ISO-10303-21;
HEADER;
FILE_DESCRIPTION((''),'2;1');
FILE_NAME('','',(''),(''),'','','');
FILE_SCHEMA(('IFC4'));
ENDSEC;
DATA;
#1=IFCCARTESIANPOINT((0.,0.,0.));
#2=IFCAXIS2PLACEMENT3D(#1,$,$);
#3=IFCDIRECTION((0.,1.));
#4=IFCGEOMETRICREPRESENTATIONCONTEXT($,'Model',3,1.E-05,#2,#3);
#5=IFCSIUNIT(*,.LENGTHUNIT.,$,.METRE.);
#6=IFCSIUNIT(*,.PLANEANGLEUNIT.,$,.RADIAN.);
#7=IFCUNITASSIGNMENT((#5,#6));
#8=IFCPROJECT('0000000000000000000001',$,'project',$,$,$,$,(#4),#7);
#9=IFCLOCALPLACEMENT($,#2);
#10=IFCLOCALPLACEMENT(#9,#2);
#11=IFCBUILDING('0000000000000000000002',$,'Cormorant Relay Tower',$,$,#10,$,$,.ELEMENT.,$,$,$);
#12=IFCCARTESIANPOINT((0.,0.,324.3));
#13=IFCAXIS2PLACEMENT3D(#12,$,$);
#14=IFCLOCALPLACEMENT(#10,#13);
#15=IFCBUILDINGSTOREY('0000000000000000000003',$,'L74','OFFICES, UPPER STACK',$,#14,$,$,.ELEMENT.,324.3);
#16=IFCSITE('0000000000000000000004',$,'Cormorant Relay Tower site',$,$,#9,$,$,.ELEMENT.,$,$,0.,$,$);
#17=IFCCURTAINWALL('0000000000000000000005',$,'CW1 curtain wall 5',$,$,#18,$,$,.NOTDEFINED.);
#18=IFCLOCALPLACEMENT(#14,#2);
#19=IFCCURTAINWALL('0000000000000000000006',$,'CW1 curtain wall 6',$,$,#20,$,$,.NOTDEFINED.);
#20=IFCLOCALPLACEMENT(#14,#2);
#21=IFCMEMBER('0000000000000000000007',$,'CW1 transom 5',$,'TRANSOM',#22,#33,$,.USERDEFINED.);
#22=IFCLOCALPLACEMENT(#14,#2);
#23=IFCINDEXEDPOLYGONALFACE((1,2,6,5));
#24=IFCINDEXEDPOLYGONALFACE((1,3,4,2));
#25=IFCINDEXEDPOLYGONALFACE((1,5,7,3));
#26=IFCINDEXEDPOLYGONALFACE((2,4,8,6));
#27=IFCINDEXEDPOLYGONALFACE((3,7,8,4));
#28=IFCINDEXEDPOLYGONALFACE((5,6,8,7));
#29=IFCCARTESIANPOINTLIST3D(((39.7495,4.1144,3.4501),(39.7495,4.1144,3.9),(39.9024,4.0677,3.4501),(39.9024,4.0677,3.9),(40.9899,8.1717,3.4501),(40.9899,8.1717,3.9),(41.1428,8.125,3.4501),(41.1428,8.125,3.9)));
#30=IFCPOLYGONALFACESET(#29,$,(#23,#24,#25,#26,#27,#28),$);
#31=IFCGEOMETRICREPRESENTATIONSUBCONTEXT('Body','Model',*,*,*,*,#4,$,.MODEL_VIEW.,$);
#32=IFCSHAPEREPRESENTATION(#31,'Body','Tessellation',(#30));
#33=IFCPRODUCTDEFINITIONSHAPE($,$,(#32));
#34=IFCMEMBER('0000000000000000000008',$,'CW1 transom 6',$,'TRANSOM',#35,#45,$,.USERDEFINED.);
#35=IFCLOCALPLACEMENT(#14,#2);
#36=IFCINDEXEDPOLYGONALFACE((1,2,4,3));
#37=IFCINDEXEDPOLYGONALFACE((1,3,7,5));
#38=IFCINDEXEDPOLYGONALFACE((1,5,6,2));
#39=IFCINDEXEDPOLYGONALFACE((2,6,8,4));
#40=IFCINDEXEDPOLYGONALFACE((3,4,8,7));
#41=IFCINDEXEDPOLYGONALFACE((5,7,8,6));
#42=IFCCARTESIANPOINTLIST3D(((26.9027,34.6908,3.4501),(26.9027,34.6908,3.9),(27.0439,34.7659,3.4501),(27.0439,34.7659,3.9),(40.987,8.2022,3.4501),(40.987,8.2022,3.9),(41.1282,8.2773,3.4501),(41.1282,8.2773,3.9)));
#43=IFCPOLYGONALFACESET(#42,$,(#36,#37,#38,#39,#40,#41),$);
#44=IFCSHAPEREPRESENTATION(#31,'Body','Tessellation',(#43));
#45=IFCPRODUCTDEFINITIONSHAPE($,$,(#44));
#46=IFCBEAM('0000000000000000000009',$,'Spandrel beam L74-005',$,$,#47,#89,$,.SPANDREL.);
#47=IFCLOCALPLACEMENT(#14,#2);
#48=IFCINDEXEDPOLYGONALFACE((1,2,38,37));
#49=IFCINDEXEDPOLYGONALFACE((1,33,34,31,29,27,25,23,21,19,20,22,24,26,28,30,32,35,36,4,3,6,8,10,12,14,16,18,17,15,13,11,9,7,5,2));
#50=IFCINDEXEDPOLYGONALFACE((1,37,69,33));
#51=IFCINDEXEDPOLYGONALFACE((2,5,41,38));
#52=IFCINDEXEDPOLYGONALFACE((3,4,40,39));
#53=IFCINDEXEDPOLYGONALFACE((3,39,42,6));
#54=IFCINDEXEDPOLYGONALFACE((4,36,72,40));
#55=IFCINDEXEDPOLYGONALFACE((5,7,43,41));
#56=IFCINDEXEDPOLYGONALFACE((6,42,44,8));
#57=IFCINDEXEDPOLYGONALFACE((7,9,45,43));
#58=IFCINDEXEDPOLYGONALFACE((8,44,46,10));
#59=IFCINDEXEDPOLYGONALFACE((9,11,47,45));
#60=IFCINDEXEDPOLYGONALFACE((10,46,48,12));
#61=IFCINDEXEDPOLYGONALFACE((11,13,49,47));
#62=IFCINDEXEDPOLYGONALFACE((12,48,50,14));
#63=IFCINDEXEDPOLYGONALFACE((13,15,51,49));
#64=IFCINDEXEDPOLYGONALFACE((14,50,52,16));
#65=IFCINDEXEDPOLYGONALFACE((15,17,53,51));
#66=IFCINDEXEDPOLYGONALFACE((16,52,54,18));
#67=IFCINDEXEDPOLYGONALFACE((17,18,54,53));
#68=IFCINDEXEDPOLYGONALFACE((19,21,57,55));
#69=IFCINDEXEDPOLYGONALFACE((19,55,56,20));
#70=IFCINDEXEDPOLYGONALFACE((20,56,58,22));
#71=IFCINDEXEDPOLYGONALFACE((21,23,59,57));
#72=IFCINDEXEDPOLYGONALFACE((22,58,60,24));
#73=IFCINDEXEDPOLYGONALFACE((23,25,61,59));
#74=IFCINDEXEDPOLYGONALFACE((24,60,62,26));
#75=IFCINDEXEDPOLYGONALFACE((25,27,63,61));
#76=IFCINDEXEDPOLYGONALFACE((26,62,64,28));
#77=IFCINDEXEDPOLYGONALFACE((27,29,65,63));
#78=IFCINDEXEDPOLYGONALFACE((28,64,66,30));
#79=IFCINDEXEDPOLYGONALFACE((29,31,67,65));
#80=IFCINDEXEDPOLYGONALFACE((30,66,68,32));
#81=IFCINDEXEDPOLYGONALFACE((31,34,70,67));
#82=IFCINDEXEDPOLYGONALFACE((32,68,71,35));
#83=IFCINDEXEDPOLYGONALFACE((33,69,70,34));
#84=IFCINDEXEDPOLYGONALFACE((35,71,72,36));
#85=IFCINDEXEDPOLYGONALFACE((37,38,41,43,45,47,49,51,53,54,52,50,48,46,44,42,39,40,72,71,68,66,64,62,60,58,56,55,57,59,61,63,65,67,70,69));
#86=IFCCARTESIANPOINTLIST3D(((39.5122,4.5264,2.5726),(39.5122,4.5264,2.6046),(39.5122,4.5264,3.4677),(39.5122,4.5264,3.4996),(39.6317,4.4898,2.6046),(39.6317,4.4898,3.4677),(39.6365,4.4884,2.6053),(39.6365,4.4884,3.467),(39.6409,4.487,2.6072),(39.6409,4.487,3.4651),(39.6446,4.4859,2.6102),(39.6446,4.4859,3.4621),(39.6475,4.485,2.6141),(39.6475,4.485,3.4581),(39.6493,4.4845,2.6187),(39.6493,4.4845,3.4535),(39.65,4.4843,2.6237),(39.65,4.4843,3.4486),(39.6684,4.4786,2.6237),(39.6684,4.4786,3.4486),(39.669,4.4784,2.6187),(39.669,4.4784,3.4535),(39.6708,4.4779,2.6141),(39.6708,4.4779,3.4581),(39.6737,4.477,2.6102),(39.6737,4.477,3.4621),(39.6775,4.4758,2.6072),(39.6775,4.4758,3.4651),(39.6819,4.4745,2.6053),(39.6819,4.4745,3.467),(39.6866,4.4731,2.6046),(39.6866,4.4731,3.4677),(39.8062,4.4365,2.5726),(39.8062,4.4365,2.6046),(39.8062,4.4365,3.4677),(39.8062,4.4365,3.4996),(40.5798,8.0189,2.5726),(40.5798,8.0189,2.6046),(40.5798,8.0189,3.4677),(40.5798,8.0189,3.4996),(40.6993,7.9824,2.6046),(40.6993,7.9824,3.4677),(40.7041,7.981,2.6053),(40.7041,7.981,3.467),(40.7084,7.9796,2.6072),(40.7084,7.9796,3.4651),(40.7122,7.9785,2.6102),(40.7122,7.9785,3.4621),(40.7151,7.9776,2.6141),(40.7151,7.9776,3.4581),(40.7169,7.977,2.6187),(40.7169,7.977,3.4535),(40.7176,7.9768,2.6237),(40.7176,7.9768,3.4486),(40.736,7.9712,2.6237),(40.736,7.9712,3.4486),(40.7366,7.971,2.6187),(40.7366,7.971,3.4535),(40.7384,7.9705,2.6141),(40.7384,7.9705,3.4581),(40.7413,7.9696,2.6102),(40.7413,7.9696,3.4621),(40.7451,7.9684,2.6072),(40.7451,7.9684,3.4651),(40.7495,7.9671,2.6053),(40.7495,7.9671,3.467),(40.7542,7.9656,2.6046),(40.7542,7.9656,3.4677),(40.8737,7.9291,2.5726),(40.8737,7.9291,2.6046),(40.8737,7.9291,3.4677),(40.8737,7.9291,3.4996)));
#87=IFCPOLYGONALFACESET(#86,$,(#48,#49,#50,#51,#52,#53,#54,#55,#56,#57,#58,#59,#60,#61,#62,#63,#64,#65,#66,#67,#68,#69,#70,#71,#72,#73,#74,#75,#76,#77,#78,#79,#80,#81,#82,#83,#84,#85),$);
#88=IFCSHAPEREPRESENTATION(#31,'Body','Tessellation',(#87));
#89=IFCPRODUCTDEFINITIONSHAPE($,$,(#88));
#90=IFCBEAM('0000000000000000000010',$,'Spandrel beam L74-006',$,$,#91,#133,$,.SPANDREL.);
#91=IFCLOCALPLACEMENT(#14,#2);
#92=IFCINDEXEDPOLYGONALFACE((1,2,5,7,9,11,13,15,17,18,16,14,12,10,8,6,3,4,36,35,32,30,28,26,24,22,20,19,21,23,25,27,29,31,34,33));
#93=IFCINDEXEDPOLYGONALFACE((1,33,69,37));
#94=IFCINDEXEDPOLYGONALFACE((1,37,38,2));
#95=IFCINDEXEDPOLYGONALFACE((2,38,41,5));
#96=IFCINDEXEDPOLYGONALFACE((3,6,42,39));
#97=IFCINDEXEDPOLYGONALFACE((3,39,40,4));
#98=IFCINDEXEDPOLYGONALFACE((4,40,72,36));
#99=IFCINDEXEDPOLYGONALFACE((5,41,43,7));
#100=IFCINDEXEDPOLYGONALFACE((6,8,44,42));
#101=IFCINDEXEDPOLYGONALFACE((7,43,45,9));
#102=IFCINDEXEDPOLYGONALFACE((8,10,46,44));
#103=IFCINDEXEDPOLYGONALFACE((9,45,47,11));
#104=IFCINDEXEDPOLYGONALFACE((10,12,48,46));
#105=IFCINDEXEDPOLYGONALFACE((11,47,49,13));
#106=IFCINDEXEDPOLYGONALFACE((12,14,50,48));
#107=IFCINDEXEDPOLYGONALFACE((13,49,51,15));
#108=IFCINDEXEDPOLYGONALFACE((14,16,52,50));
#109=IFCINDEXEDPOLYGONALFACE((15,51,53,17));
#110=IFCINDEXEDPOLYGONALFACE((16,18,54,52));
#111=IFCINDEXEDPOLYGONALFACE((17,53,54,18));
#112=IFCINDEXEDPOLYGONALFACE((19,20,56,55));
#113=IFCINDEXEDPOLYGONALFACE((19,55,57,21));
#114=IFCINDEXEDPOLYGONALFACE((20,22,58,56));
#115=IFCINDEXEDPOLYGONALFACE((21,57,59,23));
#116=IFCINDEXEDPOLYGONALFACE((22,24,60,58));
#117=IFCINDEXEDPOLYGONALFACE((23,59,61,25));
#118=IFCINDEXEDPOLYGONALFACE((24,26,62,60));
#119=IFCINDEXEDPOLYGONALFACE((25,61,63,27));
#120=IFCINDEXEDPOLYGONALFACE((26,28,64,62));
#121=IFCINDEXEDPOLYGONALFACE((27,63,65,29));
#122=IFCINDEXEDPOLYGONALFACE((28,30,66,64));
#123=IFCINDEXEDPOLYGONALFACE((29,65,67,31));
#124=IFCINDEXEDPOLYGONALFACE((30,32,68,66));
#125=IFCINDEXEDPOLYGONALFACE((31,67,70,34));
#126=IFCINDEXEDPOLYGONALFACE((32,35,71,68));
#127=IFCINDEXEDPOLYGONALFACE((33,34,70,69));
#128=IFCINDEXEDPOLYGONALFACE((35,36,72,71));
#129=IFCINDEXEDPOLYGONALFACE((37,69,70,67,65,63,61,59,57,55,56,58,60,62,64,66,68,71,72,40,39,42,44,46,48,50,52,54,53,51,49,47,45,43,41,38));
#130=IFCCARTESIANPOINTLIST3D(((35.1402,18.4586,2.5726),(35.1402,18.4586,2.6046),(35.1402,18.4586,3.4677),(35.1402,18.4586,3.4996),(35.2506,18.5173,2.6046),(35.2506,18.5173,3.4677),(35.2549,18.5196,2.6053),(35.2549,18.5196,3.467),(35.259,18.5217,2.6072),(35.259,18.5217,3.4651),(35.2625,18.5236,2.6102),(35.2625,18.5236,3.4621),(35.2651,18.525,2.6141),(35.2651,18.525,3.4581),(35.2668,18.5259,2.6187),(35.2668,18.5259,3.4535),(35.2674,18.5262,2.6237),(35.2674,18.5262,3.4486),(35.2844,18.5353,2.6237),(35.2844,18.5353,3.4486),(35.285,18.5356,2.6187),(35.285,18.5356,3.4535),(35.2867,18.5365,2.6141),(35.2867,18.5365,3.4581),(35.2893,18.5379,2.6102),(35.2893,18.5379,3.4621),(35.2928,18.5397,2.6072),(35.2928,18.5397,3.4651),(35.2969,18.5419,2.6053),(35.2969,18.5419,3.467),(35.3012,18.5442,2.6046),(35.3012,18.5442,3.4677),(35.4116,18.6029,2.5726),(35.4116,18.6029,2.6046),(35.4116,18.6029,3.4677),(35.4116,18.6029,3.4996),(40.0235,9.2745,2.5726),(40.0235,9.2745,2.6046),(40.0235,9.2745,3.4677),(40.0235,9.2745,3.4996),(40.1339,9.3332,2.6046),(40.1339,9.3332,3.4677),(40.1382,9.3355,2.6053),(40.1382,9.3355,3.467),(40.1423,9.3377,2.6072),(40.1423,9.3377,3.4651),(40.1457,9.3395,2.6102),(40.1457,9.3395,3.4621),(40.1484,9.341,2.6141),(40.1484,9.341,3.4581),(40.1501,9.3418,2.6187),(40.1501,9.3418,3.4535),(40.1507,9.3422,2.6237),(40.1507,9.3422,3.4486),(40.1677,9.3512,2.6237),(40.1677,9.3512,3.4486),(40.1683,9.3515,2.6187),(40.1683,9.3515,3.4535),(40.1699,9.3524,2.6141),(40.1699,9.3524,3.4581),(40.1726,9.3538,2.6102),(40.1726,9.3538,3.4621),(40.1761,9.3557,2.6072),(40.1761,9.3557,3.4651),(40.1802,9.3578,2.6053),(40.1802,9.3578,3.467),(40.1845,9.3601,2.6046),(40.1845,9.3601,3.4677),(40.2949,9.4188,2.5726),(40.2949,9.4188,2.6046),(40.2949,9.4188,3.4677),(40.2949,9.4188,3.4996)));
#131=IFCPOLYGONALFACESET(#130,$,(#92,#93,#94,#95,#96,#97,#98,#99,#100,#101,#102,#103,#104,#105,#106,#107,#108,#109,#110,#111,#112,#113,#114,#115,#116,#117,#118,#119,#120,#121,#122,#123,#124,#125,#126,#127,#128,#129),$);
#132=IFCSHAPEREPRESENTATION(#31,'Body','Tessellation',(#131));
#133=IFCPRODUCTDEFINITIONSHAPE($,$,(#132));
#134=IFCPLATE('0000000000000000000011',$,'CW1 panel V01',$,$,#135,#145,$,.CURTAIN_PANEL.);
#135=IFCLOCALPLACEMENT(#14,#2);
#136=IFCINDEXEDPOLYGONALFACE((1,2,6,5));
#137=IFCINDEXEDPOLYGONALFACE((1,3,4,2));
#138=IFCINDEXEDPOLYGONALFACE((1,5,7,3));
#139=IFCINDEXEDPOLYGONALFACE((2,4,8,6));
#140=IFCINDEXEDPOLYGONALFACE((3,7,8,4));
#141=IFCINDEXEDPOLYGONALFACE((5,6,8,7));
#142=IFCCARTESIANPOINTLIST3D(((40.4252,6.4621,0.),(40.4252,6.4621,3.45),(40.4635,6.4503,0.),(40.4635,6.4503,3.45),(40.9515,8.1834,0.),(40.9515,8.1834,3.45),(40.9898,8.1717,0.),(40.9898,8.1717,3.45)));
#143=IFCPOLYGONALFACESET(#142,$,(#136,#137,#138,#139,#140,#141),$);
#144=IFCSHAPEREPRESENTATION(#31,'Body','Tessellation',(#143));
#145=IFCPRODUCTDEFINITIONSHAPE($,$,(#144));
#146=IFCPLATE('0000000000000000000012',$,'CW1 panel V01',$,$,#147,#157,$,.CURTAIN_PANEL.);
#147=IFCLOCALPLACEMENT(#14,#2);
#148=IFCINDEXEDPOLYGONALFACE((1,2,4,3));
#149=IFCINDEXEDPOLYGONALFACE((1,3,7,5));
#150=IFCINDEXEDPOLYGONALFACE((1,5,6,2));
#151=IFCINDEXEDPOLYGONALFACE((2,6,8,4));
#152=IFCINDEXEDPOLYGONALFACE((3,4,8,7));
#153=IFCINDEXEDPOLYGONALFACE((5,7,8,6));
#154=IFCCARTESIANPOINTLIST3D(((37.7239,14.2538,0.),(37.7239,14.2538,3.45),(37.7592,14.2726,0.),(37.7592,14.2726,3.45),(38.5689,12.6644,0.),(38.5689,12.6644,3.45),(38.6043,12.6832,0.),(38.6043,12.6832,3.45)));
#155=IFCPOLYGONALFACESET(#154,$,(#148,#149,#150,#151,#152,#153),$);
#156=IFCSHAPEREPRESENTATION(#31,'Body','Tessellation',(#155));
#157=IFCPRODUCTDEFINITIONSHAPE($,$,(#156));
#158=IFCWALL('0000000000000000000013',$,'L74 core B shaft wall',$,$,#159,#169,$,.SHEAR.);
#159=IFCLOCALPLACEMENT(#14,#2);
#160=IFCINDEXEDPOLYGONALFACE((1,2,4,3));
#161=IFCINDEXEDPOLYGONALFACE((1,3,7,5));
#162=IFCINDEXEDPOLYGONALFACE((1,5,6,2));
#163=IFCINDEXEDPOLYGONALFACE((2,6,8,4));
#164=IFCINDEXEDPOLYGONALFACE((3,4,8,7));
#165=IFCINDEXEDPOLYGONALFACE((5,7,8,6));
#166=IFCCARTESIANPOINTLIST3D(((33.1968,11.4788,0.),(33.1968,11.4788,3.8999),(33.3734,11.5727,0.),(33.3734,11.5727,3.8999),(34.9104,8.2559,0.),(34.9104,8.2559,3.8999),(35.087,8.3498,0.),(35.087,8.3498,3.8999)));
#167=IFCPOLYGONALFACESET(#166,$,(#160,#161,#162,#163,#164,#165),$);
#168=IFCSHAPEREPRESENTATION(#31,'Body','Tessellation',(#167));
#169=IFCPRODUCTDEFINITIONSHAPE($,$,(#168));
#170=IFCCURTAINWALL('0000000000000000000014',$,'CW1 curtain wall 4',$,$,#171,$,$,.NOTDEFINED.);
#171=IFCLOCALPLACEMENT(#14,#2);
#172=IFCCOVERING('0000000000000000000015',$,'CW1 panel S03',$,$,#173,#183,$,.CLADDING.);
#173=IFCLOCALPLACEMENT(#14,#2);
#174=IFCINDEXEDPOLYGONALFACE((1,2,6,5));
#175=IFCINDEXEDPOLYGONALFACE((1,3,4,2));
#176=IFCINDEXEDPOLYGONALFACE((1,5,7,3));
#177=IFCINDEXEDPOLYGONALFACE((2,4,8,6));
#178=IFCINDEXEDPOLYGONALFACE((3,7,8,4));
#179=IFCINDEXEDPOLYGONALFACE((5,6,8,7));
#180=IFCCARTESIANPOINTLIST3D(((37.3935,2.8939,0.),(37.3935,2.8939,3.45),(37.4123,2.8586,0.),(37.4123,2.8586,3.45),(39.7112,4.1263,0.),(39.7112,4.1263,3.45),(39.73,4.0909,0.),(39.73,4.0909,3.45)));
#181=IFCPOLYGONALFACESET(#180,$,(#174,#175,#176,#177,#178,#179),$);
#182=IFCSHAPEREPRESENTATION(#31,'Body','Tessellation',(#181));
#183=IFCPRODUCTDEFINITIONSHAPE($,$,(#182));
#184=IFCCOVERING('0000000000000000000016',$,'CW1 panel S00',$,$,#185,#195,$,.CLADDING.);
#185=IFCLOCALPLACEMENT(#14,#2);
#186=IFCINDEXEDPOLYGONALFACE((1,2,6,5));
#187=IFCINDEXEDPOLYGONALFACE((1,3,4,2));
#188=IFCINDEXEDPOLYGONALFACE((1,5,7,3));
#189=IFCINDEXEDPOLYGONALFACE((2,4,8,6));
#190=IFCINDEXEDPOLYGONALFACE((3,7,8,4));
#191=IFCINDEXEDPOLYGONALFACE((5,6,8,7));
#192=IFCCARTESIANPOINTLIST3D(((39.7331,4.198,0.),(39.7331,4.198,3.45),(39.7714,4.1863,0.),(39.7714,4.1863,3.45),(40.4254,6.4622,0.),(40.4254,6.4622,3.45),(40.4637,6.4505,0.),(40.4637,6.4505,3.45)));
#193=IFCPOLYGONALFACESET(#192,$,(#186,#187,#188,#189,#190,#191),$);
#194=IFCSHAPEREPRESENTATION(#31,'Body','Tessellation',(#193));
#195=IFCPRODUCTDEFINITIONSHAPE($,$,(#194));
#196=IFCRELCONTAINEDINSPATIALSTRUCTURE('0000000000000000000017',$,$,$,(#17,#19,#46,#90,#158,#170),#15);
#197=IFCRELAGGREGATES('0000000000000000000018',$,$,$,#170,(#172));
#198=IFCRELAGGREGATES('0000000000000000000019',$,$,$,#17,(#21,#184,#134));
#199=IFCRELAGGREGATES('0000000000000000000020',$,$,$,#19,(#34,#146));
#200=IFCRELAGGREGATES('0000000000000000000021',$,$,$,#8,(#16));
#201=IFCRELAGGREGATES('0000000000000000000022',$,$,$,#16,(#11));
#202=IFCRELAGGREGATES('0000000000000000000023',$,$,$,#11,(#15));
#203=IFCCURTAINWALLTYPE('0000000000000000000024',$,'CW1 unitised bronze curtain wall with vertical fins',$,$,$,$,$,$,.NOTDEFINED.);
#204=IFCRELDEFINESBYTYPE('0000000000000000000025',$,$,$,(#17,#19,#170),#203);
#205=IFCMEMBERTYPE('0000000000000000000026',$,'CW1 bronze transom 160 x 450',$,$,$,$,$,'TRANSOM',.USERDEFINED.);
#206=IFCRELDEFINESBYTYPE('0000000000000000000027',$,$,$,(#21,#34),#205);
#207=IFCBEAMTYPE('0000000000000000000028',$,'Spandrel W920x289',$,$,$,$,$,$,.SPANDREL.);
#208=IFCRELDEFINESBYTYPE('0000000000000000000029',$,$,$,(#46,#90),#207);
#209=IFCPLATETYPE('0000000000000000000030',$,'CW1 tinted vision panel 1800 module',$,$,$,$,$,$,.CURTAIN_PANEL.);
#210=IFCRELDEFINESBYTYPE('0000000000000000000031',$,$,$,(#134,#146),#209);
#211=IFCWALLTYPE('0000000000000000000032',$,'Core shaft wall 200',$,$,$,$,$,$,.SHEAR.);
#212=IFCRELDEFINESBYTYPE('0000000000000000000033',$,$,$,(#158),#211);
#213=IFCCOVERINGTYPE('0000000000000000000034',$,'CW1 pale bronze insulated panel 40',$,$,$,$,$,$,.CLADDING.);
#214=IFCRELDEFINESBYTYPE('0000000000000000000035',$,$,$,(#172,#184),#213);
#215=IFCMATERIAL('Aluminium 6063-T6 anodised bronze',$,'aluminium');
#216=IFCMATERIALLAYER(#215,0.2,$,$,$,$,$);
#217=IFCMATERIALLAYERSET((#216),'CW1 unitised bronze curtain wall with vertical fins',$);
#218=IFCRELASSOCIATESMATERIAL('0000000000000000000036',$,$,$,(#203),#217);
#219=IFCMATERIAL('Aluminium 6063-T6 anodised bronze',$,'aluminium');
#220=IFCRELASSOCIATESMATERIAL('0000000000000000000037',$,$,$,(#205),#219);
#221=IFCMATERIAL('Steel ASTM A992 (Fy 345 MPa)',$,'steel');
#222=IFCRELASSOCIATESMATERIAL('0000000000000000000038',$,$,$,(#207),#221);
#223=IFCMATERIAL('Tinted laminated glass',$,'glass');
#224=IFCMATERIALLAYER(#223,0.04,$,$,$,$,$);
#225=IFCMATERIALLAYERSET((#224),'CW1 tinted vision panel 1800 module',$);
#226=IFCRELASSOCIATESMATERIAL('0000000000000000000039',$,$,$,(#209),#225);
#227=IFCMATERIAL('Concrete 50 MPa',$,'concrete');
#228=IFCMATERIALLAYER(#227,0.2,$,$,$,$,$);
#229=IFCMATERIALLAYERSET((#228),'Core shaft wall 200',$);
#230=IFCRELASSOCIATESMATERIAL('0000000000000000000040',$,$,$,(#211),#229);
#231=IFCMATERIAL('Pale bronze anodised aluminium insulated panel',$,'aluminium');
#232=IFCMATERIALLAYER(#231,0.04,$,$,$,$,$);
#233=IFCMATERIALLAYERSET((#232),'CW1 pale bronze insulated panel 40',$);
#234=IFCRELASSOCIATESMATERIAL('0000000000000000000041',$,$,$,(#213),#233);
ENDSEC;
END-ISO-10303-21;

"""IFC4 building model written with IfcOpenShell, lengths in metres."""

from ifc_helpers import new_model, si_unit, direction, frame, frame_2d, origin, origin_2d, place, context, subcontext, project, spatial, rectangle, i_section, extrude, material, layer, layer_set, material_profile, profile_set, type_object, element, aggregate, save


model = new_model("IFC4")

# Units and contexts
model_context = context("Model", 3, precision=1e-05, world=origin(), true_north=direction((0.0, 1.0)))
body_context = subcontext(model_context, "Body", "Model", "MODEL_VIEW")
ifc_project = project(units=[si_unit("LENGTHUNIT", "METRE"), si_unit("PLANEANGLEUNIT", "RADIAN")], contexts=[model_context])

# Site, building, storey
site_placement = place(None, origin())
site = spatial("IfcSite", under=ifc_project, at=site_placement, Name="Cormorant Relay Tower site", CompositionType="ELEMENT", RefElevation=0.0)
building_placement = place(site_placement, origin())
building = spatial("IfcBuilding", under=site, at=building_placement, Name="Cormorant Relay Tower", CompositionType="ELEMENT")
storey_placement = place(building_placement, frame((0.0, 0.0, 324.3)))
storey = spatial("IfcBuildingStorey", under=building, at=storey_placement, Name="L74", Description="OFFICES, UPPER STACK", CompositionType="ELEMENT", Elevation=324.3)

# Curtain wall
ifc_material_1 = material(Name="Aluminium 6063-T6 anodised bronze", Category="aluminium")
ifc_layer_1 = layer(ifc_material_1, 0.2)
ifc_layer_set_1 = layer_set([ifc_layer_1], Name="CW1 unitised bronze curtain wall with vertical fins")
curtain_wall_type = type_object("IfcCurtainWallType", Name="CW1 unitised bronze curtain wall with vertical fins", PredefinedType="NOTDEFINED", material=ifc_layer_set_1)
curtain_wall_1_placement = place(storey_placement, origin())
curtain_wall_1 = element("IfcCurtainWall", 1, at=curtain_wall_1_placement, inside=storey, type_object=curtain_wall_type, Name="CW1 curtain wall 5", PredefinedType="NOTDEFINED")

# Curtain wall
curtain_wall_2_placement = place(storey_placement, origin())
curtain_wall_2 = element("IfcCurtainWall", 2, at=curtain_wall_2_placement, inside=storey, type_object=curtain_wall_type, Name="CW1 curtain wall 6", PredefinedType="NOTDEFINED")

# Members
ifc_material_2 = material(Name="Aluminium 6063-T6 anodised bronze", Category="aluminium")
ifc_material_profile_1 = material_profile(ifc_material_2, rectangle(XDim=0.1599, YDim=0.45, at=origin_2d()), Name="AL 160x450")
ifc_profile_set_1 = profile_set([ifc_material_profile_1], Name="Aluminium 6063-T6 anodised bronze")
member_type_1 = type_object("IfcMemberType", Name="CW1 bronze transom 160 x 450", ElementType="TRANSOM", PredefinedType="USERDEFINED", material=ifc_profile_set_1)
member_1_placement = place(storey_placement, frame((39.8259, 4.0911, 3.675), z_axis=(0.292375, 0.956304, 0.0), x_axis=(-0.956304, 0.292375, 0.0)))
member_1 = element("IfcMember", 3, at=member_1_placement, type_object=member_type_1, Name="CW1 transom 5", ObjectType="TRANSOM", PredefinedType="USERDEFINED", context=body_context, shape_type="SweptSolid", body=[
    extrude(rectangle(XDim=0.1599, YDim=0.45, at=origin_2d()), origin(), (0.0, 0.0, 1.0), 4.2427),
])
member_2_placement = place(storey_placement, frame((41.0576, 8.2397, 3.675), z_axis=(-0.469472, 0.882947, 0.0), x_axis=(-0.882947, -0.469472, 0.0)))
member_2 = element("IfcMember", 4, at=member_2_placement, type_object=member_type_1, Name="CW1 transom 6", ObjectType="TRANSOM", PredefinedType="USERDEFINED", context=body_context, shape_type="SweptSolid", body=[
    extrude(rectangle(XDim=0.1599, YDim=0.45, at=origin_2d()), origin(), (0.0, 0.0, 1.0), 30.0002),
])

# Beams
ifc_material_3 = material(Name="Steel ASTM A992 (Fy 345 MPa)", Category="steel")
ifc_material_profile_2 = material_profile(ifc_material_3, i_section(OverallWidth=0.3074, OverallDepth=0.927, WebThickness=0.0193, FlangeThickness=0.032, FilletRadius=0.019, at=origin_2d()), Name="W920x289")
ifc_profile_set_2 = profile_set([ifc_material_profile_2], Name="Steel ASTM A992 (Fy 345 MPa)")
beam_type = type_object("IfcBeamType", Name="Spandrel W920x289", PredefinedType="SPANDREL", material=ifc_profile_set_2)
beam_1_placement = place(storey_placement, frame((39.6592, 4.4814, 3.0361), z_axis=(0.292324, 0.956319, 0.0), x_axis=(-0.956319, 0.292324, 0.0)))
element("IfcBeam", 5, at=beam_1_placement, inside=storey, type_object=beam_type, Name="Spandrel beam L74-005", PredefinedType="SPANDREL", context=body_context, shape_type="SweptSolid", body=[
    extrude(i_section(OverallWidth=0.3074, OverallDepth=0.927, WebThickness=0.0193, FlangeThickness=0.032, FilletRadius=0.019, at=origin_2d()), origin(), (0.0, 0.0, 1.0), 3.6521),
])
beam_2_placement = place(storey_placement, frame((40.1592, 9.3467, 3.0361), z_axis=(-0.469474, 0.882946, 0.0), x_axis=(-0.882946, -0.469474, 0.0)))
element("IfcBeam", 6, at=beam_2_placement, inside=storey, type_object=beam_type, Name="Spandrel beam L74-006", PredefinedType="SPANDREL", context=body_context, shape_type="SweptSolid", body=[
    extrude(i_section(OverallWidth=0.3074, OverallDepth=0.927, WebThickness=0.0193, FlangeThickness=0.032, FilletRadius=0.019, at=origin_2d()), origin(), (0.0, 0.0, 1.0), 10.4016),
])

# Plates
ifc_material_4 = material(Name="Tinted laminated glass", Category="glass")
ifc_layer_2 = layer(ifc_material_4, 0.04)
ifc_layer_set_2 = layer_set([ifc_layer_2], Name="CW1 tinted vision panel 1800 module")
plate_type = type_object("IfcPlateType", Name="CW1 tinted vision panel 1800 module", PredefinedType="CURTAIN_PANEL", material=ifc_layer_set_2)
plate_1_placement = place(storey_placement, frame((40.7075, 7.3169, 0.0), z_axis=(0.0, 0.0, 1.0), x_axis=(0.292372, 0.956305, 0.0)))
plate_1 = element("IfcPlate", 7, at=plate_1_placement, type_object=plate_type, Name="CW1 panel V01", PredefinedType="CURTAIN_PANEL", context=body_context, shape_type="SweptSolid", body=[
    extrude(rectangle(XDim=1.8, YDim=0.04, at=origin_2d()), origin(), (0.0, 0.0, 1.0), 3.45),
])
plate_2_placement = place(storey_placement, frame((38.1641, 13.4685, 0.0), z_axis=(0.0, 0.0, 1.0), x_axis=(-0.469472, 0.882948, 0.0)))
plate_2 = element("IfcPlate", 8, at=plate_2_placement, type_object=plate_type, Name="CW1 panel V01", PredefinedType="CURTAIN_PANEL", context=body_context, shape_type="SweptSolid", body=[
    extrude(rectangle(XDim=1.8, YDim=0.04, at=origin_2d()), origin(), (0.0, 0.0, 1.0), 3.45),
])

# Wall
ifc_material_5 = material(Name="Concrete 50 MPa", Category="concrete")
ifc_layer_3 = layer(ifc_material_5, 0.2)
ifc_layer_set_3 = layer_set([ifc_layer_3], Name="Core shaft wall 200")
wall_type_1 = type_object("IfcWallType", Name="Core shaft wall 200", PredefinedType="SHEAR", material=ifc_layer_set_3)
wall_1_placement = place(storey_placement, frame((34.9988, 8.3027, 0.0), z_axis=(0.0, 0.0, 1.0), x_axis=(-0.469467, 0.88295, 0.0)))
element("IfcWall", 9, at=wall_1_placement, inside=storey, type_object=wall_type_1, Name="L74 core B shaft wall", PredefinedType="SHEAR", context=body_context, shape_type="SweptSolid", body=[
    extrude(rectangle(XDim=3.6501, YDim=0.2, at=frame_2d((1.8252, 0.0))), origin(), (0.0, 0.0, 1.0), 3.8999),
])

# Curtain wall, covering
curtain_wall_3_placement = place(storey_placement, origin())
curtain_wall_3 = element("IfcCurtainWall", 10, at=curtain_wall_3_placement, inside=storey, type_object=curtain_wall_type, Name="CW1 curtain wall 4", PredefinedType="NOTDEFINED")
ifc_material_6 = material(Name="Pale bronze anodised aluminium insulated panel", Category="aluminium")
ifc_layer_4 = layer(ifc_material_6, 0.04)
ifc_layer_set_4 = layer_set([ifc_layer_4], Name="CW1 pale bronze insulated panel 40")
covering_type = type_object("IfcCoveringType", Name="CW1 pale bronze insulated panel 40", PredefinedType="CLADDING", material=ifc_layer_set_4)
covering_1_placement = place(storey_placement, frame((38.5618, 3.4924, 0.0), z_axis=(0.0, 0.0, 1.0), x_axis=(0.882948, 0.469472, 0.0)))
covering_1 = element("IfcCovering", 11, at=covering_1_placement, type_object=covering_type, Name="CW1 panel S03", PredefinedType="CLADDING", context=body_context, shape_type="SweptSolid", body=[
    extrude(rectangle(XDim=2.625, YDim=0.04, at=origin_2d()), origin(), (0.0, 0.0, 1.0), 3.45),
])
aggregate(curtain_wall_3, [covering_1])

# Covering
covering_2_placement = place(storey_placement, frame((40.0984, 5.3242, 0.0), z_axis=(0.0, 0.0, 1.0), x_axis=(0.292372, 0.956305, 0.0)))
covering_2 = element("IfcCovering", 12, at=covering_2_placement, type_object=covering_type, Name="CW1 panel S00", PredefinedType="CLADDING", context=body_context, shape_type="SweptSolid", body=[
    extrude(rectangle(XDim=2.3677, YDim=0.04, at=origin_2d()), origin(), (0.0, 0.0, 1.0), 3.45),
])
aggregate(curtain_wall_1, [member_1, covering_2, plate_1])
aggregate(curtain_wall_2, [member_2, plate_2])

save(model, "model.ifc")
